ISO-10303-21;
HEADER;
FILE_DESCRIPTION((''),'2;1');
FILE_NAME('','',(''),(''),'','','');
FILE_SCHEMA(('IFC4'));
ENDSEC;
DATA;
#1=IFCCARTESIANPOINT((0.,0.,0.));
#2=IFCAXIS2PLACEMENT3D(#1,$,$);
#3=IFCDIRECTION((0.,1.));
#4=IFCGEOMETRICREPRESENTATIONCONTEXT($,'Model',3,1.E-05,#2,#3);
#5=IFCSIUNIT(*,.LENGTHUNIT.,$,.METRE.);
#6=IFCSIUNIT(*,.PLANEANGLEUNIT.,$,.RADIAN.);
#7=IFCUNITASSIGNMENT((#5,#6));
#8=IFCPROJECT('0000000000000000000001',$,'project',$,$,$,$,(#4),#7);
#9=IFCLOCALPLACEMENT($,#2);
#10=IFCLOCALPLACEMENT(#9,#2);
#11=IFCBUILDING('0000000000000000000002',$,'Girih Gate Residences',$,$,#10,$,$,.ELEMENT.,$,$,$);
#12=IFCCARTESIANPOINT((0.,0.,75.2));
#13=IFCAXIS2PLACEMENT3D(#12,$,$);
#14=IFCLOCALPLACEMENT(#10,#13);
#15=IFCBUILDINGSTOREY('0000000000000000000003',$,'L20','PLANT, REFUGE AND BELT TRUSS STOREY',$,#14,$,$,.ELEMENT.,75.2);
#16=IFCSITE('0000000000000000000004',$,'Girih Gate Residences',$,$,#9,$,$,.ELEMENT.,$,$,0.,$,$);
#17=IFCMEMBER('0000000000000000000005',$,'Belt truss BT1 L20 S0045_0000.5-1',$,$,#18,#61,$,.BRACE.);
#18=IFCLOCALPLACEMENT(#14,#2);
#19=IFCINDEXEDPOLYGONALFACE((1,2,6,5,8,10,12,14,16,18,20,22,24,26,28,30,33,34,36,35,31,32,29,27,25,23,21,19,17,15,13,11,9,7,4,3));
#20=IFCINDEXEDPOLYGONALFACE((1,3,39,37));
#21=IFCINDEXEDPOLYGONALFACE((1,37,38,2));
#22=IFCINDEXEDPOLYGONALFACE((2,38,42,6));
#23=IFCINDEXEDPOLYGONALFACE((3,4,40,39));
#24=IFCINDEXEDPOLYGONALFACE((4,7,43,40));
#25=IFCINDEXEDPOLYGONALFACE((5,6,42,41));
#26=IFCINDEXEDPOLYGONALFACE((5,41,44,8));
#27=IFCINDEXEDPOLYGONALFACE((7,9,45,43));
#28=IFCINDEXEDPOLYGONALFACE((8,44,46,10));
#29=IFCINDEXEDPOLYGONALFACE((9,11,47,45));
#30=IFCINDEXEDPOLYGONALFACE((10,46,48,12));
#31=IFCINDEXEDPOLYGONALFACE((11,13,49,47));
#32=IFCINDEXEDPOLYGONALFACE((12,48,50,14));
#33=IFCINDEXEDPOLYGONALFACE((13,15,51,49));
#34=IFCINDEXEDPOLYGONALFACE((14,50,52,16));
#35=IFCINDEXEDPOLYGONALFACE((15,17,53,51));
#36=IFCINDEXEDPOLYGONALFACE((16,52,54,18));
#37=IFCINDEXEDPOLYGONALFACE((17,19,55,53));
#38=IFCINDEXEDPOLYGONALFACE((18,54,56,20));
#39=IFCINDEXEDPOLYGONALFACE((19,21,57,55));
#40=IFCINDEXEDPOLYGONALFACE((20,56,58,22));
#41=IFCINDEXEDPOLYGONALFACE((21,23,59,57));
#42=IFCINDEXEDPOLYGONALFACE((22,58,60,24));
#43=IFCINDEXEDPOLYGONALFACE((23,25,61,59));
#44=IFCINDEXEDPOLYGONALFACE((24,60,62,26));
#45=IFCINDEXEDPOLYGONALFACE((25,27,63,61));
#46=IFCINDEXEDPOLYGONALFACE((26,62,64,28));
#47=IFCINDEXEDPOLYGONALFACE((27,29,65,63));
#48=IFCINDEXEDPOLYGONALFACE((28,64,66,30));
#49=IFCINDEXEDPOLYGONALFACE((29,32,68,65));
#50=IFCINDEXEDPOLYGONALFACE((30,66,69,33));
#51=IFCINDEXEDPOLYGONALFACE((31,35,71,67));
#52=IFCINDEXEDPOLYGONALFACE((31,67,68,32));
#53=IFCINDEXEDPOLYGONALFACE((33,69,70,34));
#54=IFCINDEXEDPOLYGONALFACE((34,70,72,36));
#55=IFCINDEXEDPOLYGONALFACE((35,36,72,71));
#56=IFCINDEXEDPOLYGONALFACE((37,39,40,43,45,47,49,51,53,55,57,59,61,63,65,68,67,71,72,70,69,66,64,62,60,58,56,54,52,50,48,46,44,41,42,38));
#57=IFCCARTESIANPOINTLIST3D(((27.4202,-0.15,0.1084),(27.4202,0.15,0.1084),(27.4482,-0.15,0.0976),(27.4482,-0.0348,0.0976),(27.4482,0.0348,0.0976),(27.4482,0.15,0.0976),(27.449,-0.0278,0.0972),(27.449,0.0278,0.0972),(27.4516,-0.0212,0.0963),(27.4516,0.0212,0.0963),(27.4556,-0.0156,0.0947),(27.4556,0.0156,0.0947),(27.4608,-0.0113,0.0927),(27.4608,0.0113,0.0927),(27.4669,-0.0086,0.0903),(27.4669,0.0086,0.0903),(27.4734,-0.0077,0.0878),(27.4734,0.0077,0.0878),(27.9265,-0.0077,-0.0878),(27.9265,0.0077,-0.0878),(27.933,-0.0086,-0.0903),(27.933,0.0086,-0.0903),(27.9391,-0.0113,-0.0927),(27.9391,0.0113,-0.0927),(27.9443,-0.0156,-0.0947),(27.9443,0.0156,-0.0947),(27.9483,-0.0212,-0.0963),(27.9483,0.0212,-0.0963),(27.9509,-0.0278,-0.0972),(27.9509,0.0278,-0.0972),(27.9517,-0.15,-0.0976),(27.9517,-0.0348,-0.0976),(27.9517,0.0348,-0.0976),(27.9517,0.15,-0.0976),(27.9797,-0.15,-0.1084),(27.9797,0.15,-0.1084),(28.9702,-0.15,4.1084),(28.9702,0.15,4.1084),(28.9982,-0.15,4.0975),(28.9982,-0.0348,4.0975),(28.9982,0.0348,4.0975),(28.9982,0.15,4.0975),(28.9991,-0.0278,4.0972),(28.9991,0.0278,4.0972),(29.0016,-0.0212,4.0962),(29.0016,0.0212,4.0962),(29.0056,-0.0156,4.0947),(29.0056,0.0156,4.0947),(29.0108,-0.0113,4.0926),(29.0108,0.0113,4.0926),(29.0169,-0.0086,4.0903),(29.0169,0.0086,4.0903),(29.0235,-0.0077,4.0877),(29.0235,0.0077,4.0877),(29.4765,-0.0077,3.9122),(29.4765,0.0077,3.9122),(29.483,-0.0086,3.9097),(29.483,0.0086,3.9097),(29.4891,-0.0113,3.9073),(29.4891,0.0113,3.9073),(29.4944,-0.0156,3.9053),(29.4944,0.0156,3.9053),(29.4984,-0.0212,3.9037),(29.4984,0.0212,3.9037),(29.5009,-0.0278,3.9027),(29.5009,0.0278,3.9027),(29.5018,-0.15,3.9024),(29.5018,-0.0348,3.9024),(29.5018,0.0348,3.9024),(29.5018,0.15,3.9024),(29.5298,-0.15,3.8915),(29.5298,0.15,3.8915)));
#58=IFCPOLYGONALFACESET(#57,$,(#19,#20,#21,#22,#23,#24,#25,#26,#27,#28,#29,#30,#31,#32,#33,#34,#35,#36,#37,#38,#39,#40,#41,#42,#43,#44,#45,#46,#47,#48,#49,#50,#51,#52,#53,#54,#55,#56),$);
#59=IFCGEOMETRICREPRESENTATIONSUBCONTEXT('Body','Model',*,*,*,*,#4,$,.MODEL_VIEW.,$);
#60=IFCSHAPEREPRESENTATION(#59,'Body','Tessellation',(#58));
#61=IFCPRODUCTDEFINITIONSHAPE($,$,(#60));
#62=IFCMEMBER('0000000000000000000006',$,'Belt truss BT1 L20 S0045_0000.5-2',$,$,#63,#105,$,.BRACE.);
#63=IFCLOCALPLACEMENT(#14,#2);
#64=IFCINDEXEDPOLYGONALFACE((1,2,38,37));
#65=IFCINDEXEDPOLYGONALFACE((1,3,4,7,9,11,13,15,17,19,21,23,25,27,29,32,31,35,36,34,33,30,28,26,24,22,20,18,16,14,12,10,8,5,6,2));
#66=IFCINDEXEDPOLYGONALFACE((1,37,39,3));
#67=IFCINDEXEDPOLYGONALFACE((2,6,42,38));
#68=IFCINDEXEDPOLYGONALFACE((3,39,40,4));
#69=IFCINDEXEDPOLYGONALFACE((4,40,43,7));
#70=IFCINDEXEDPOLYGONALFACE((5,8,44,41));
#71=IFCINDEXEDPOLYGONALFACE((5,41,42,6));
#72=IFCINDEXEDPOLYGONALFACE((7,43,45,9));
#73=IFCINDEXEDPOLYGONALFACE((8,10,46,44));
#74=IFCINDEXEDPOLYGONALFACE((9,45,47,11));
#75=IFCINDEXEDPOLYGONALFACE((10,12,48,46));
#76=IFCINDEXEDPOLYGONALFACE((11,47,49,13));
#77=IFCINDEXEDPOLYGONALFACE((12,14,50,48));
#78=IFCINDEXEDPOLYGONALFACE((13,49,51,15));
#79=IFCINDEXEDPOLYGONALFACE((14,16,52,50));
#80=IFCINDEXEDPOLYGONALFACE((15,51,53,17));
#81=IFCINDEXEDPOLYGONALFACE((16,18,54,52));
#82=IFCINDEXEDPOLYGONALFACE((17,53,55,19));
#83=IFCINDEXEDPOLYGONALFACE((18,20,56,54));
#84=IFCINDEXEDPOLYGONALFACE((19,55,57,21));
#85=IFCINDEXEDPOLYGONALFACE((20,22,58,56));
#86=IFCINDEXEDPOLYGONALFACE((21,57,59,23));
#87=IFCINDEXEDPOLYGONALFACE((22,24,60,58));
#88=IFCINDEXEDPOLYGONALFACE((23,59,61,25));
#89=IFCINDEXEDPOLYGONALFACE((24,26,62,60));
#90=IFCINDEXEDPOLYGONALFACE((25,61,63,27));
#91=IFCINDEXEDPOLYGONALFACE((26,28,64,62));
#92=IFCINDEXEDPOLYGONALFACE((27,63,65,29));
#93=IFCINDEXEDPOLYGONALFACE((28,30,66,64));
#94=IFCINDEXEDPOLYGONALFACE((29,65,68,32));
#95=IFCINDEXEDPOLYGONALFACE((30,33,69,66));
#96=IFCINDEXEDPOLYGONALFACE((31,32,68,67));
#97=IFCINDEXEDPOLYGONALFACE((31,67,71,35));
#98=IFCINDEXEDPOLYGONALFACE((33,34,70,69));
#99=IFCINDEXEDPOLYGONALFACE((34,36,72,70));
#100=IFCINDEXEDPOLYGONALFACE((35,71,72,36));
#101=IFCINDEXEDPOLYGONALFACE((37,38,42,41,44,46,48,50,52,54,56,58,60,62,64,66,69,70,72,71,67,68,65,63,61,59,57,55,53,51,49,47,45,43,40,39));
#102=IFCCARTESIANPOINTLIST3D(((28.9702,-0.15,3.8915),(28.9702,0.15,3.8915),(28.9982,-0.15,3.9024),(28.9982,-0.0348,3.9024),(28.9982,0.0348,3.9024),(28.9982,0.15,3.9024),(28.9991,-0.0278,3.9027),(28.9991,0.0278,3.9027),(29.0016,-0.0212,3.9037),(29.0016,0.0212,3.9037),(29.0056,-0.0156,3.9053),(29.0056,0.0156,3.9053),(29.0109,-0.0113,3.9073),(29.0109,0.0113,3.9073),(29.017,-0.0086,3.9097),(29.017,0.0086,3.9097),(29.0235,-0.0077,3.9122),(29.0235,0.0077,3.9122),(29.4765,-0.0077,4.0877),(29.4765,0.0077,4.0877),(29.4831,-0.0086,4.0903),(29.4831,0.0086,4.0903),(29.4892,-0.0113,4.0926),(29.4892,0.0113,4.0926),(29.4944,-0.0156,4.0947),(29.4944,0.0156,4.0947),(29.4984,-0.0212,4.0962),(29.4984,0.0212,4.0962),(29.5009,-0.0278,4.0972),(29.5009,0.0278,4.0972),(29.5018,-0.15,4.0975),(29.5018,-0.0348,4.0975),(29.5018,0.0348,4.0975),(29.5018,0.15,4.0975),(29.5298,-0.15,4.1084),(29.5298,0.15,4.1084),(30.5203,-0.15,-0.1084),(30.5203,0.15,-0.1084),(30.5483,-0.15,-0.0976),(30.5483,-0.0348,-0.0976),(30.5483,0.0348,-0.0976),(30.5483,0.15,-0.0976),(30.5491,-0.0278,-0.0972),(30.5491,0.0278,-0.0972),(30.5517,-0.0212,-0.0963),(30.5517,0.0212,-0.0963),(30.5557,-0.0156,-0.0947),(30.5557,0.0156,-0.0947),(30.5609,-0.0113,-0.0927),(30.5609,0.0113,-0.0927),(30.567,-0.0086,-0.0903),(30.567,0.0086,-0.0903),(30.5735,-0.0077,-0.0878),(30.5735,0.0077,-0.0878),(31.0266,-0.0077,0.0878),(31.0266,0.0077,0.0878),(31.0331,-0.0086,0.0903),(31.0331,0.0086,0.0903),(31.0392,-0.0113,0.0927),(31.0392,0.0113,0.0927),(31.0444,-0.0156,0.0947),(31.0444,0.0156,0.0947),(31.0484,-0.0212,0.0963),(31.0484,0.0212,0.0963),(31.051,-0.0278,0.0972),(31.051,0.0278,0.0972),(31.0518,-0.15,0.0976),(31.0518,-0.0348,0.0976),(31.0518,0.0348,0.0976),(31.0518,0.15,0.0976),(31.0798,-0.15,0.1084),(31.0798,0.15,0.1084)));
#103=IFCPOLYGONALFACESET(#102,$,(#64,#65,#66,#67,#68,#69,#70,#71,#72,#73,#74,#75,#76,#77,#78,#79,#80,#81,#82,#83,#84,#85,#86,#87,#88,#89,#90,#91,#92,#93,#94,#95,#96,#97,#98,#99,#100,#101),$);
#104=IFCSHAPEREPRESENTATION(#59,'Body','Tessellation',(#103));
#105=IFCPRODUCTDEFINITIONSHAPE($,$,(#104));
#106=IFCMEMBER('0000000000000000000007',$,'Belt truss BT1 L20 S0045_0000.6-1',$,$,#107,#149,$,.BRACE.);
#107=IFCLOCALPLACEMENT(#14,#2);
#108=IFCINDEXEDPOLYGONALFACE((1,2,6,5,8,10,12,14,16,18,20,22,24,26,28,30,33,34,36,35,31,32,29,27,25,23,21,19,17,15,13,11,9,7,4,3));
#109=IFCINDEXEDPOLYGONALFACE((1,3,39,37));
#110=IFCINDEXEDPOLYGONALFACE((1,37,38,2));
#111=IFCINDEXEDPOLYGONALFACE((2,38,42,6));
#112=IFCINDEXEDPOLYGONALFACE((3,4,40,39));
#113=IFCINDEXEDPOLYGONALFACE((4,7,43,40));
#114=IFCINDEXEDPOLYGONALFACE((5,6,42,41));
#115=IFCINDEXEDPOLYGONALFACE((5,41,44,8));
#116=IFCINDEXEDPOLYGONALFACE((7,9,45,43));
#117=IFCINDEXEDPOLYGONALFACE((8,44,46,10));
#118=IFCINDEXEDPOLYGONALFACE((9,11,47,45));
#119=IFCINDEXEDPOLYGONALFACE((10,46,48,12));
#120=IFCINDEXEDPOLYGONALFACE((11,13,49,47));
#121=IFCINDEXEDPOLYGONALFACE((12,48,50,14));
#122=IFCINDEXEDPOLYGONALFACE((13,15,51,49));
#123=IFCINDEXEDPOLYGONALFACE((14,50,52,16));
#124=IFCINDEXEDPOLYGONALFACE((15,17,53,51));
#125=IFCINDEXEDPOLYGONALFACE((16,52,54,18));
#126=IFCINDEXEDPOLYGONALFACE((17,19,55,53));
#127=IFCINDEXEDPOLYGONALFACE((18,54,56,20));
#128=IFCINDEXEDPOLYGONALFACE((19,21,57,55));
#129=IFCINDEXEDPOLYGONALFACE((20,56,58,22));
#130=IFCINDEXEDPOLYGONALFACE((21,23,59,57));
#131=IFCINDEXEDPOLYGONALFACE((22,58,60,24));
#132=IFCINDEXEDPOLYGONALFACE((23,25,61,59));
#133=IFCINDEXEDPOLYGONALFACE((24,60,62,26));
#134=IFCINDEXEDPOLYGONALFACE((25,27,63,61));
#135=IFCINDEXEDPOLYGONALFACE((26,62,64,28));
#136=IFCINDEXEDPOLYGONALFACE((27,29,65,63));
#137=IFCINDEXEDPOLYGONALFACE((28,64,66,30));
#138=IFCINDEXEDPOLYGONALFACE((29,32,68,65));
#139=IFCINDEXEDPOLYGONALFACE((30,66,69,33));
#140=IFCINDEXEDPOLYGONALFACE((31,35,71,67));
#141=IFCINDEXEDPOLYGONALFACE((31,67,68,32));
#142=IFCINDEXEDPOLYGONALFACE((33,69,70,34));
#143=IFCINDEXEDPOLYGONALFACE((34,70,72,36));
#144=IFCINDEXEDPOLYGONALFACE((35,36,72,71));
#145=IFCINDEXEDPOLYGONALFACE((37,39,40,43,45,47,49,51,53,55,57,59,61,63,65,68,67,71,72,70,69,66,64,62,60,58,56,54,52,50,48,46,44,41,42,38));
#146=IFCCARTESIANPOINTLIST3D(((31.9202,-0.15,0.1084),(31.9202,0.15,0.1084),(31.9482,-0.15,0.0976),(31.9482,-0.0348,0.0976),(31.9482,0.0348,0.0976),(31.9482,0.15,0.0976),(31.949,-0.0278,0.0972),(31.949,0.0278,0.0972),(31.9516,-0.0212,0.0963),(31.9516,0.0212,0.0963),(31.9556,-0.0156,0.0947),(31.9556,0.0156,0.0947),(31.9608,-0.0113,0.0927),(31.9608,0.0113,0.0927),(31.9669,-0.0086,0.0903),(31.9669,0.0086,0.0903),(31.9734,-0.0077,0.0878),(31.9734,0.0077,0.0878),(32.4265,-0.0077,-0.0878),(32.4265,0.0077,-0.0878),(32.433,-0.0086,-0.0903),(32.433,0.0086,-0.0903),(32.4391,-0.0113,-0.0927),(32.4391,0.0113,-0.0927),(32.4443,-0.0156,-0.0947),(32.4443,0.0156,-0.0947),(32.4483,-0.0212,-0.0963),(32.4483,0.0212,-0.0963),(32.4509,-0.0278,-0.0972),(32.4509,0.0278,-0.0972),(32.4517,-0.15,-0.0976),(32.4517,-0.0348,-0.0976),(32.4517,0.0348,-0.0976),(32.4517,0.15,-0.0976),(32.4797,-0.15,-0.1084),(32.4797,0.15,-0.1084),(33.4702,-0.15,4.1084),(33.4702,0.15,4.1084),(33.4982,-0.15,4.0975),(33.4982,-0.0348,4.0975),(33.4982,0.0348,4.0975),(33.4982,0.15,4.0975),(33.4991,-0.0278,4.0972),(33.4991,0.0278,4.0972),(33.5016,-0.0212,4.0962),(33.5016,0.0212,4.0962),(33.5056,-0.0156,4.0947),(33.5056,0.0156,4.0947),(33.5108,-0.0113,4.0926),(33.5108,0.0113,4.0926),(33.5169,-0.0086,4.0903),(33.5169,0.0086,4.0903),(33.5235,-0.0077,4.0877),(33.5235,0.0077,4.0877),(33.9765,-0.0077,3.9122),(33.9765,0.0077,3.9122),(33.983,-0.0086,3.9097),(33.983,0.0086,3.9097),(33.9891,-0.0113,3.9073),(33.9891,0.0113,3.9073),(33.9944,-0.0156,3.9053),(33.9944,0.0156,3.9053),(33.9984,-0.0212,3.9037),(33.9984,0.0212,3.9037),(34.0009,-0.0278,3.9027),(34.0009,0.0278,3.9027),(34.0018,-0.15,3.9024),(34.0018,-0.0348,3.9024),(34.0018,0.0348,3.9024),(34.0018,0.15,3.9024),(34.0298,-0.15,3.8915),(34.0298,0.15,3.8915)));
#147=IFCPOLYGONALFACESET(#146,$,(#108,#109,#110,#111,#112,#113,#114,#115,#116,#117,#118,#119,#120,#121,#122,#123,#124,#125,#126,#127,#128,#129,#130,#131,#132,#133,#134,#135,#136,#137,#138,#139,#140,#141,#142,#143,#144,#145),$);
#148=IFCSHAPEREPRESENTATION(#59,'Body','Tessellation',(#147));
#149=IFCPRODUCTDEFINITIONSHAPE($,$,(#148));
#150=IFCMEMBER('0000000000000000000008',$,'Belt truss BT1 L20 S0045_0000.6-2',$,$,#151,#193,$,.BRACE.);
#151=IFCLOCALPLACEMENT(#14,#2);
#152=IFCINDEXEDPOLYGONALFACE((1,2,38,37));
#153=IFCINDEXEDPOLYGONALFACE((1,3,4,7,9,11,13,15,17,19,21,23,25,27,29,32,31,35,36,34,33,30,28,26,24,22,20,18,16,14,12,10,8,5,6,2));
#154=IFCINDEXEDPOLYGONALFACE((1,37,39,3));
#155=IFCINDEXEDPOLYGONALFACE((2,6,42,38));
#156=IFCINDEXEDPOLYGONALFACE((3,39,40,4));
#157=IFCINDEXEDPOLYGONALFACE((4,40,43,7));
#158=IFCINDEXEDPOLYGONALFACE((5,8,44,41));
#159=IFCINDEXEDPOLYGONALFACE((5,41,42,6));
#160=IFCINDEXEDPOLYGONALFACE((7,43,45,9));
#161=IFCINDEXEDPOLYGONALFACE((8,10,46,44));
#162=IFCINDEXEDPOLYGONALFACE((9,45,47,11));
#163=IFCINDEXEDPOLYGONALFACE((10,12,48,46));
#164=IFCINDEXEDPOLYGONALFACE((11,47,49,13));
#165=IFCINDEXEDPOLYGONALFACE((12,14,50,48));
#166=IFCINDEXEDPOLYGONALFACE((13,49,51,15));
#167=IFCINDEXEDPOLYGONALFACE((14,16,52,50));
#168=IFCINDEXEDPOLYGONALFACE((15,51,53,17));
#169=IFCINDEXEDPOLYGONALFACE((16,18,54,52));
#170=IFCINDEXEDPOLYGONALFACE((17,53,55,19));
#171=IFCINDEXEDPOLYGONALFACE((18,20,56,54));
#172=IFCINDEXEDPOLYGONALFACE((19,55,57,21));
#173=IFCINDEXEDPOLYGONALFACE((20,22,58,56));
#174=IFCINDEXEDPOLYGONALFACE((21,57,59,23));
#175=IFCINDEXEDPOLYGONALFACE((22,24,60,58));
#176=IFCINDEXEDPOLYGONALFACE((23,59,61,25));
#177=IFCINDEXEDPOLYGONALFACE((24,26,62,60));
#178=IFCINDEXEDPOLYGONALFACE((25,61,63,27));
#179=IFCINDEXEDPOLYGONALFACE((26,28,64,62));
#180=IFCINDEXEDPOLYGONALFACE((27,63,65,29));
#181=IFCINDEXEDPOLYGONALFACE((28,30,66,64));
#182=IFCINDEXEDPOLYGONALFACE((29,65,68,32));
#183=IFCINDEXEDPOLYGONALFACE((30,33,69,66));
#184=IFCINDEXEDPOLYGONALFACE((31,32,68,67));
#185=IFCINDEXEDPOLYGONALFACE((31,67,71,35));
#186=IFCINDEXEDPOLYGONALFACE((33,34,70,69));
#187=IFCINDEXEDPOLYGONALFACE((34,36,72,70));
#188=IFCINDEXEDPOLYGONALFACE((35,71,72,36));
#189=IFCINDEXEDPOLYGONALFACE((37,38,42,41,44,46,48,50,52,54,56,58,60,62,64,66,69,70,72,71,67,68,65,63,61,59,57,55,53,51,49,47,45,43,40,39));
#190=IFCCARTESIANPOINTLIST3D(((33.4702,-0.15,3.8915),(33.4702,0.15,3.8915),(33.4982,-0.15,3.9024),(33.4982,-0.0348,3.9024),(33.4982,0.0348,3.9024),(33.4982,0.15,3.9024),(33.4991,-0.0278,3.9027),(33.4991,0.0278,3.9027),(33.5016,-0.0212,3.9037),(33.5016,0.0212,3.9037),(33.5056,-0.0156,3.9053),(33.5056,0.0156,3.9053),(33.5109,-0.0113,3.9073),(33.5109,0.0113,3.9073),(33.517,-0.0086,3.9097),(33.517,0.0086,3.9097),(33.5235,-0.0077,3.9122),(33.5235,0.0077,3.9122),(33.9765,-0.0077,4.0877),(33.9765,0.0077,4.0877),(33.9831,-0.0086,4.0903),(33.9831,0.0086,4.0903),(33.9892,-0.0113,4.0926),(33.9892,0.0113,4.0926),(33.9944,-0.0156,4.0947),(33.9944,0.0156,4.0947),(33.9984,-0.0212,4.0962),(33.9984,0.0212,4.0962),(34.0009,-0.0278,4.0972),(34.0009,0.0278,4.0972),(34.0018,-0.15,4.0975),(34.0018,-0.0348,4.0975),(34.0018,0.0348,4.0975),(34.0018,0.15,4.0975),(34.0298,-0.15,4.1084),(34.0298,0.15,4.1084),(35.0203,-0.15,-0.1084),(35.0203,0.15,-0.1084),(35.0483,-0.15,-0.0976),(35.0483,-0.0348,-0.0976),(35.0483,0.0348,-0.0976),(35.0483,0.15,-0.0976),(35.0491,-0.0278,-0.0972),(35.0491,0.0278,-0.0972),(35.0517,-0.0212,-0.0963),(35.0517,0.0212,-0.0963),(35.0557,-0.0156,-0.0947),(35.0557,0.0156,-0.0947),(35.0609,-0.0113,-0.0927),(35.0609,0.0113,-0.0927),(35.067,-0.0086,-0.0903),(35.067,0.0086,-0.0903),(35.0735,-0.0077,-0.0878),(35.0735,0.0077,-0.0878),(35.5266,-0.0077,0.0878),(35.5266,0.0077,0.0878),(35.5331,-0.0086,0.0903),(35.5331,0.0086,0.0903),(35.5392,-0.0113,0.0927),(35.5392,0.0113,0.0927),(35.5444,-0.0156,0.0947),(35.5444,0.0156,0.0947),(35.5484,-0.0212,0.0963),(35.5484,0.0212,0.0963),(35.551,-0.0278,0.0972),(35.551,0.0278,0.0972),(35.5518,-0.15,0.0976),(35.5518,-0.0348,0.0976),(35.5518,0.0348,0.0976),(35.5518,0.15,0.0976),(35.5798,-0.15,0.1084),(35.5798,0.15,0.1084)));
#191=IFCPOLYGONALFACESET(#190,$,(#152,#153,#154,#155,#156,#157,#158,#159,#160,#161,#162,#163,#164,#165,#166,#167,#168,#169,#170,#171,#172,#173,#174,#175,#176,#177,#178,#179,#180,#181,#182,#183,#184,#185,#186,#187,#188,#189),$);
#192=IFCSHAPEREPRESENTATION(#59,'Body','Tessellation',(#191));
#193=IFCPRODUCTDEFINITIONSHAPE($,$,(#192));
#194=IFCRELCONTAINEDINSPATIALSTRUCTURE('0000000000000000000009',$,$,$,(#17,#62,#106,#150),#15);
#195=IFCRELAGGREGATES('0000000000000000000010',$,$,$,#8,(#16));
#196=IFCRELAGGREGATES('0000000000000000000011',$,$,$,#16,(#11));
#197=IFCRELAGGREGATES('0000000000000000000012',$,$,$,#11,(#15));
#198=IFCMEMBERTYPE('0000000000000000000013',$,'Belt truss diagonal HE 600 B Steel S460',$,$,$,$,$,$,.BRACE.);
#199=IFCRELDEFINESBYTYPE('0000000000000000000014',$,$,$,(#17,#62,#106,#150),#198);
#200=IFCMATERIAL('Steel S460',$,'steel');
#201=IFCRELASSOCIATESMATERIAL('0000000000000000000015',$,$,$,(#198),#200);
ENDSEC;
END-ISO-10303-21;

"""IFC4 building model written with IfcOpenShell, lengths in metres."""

from ifc_helpers import new_model, si_unit, direction, frame, origin, origin_2d, place, context, subcontext, project, spatial, i_section, extrude, material, material_profile, profile_set, type_object, element, save


model = new_model("IFC4")

# Units and contexts
model_context = context("Model", 3, precision=1e-05, world=origin(), true_north=direction((0.0, 1.0)))
body_context = subcontext(model_context, "Body", "Model", "MODEL_VIEW")
ifc_project = project(units=[si_unit("LENGTHUNIT", "METRE"), si_unit("PLANEANGLEUNIT", "RADIAN")], contexts=[model_context])

# Site, building, storey
site_placement = place(None, origin())
site = spatial("IfcSite", under=ifc_project, at=site_placement, Name="Girih Gate Residences", CompositionType="ELEMENT", RefElevation=0.0)
building_placement = place(site_placement, origin())
building = spatial("IfcBuilding", under=site, at=building_placement, Name="Girih Gate Residences", CompositionType="ELEMENT")
storey_placement = place(building_placement, frame((0.0, 0.0, 75.2)))
storey = spatial("IfcBuildingStorey", under=building, at=storey_placement, Name="L20", Description="PLANT, REFUGE AND BELT TRUSS STOREY", CompositionType="ELEMENT", Elevation=75.2)

# Members
ifc_material_1 = material(Name="Steel S460", Category="steel")
ifc_material_profile_1 = material_profile(ifc_material_1, i_section(OverallWidth=0.3, OverallDepth=0.6001, WebThickness=0.0154, FlangeThickness=0.03, FilletRadius=0.0271, at=origin_2d()))
ifc_profile_set_1 = profile_set([ifc_material_profile_1], Name="Steel S460")
member_type = type_object("IfcMemberType", Name="Belt truss diagonal HE 600 B Steel S460", PredefinedType="BRACE", material=ifc_profile_set_1)
for number, where, z_axis, x_axis, name in (
    (1, (27.7, 0.0, 0.0), (0.361331, 0.0, 0.932438), (0.0, 1.0, 0.0), "Belt truss BT1 L20 S0045_0000.5-1"),
    (2, (30.8, 0.0, 0.0), (-0.361331, 0.0, 0.932438), (0.0, -1.0, 0.0), "Belt truss BT1 L20 S0045_0000.5-2"),
    (3, (32.2, 0.0, 0.0), (0.361331, 0.0, 0.932438), (0.0, 1.0, 0.0), "Belt truss BT1 L20 S0045_0000.6-1"),
    (4, (35.3, 0.0, 0.0), (-0.361331, 0.0, 0.932438), (0.0, -1.0, 0.0), "Belt truss BT1 L20 S0045_0000.6-2"),
):
    element("IfcMember", number, at=place(storey_placement, frame(where, z_axis=z_axis, x_axis=x_axis)), inside=storey, type_object=member_type, Name=name, PredefinedType="BRACE", context=body_context, shape_type="SweptSolid", body=[
        extrude(i_section(OverallWidth=0.3, OverallDepth=0.6001, WebThickness=0.0154, FlangeThickness=0.03, FilletRadius=0.0271, at=origin_2d()), origin(), (0.0, 0.0, 1.0), 4.2898),
    ])

save(model, "model.ifc")
